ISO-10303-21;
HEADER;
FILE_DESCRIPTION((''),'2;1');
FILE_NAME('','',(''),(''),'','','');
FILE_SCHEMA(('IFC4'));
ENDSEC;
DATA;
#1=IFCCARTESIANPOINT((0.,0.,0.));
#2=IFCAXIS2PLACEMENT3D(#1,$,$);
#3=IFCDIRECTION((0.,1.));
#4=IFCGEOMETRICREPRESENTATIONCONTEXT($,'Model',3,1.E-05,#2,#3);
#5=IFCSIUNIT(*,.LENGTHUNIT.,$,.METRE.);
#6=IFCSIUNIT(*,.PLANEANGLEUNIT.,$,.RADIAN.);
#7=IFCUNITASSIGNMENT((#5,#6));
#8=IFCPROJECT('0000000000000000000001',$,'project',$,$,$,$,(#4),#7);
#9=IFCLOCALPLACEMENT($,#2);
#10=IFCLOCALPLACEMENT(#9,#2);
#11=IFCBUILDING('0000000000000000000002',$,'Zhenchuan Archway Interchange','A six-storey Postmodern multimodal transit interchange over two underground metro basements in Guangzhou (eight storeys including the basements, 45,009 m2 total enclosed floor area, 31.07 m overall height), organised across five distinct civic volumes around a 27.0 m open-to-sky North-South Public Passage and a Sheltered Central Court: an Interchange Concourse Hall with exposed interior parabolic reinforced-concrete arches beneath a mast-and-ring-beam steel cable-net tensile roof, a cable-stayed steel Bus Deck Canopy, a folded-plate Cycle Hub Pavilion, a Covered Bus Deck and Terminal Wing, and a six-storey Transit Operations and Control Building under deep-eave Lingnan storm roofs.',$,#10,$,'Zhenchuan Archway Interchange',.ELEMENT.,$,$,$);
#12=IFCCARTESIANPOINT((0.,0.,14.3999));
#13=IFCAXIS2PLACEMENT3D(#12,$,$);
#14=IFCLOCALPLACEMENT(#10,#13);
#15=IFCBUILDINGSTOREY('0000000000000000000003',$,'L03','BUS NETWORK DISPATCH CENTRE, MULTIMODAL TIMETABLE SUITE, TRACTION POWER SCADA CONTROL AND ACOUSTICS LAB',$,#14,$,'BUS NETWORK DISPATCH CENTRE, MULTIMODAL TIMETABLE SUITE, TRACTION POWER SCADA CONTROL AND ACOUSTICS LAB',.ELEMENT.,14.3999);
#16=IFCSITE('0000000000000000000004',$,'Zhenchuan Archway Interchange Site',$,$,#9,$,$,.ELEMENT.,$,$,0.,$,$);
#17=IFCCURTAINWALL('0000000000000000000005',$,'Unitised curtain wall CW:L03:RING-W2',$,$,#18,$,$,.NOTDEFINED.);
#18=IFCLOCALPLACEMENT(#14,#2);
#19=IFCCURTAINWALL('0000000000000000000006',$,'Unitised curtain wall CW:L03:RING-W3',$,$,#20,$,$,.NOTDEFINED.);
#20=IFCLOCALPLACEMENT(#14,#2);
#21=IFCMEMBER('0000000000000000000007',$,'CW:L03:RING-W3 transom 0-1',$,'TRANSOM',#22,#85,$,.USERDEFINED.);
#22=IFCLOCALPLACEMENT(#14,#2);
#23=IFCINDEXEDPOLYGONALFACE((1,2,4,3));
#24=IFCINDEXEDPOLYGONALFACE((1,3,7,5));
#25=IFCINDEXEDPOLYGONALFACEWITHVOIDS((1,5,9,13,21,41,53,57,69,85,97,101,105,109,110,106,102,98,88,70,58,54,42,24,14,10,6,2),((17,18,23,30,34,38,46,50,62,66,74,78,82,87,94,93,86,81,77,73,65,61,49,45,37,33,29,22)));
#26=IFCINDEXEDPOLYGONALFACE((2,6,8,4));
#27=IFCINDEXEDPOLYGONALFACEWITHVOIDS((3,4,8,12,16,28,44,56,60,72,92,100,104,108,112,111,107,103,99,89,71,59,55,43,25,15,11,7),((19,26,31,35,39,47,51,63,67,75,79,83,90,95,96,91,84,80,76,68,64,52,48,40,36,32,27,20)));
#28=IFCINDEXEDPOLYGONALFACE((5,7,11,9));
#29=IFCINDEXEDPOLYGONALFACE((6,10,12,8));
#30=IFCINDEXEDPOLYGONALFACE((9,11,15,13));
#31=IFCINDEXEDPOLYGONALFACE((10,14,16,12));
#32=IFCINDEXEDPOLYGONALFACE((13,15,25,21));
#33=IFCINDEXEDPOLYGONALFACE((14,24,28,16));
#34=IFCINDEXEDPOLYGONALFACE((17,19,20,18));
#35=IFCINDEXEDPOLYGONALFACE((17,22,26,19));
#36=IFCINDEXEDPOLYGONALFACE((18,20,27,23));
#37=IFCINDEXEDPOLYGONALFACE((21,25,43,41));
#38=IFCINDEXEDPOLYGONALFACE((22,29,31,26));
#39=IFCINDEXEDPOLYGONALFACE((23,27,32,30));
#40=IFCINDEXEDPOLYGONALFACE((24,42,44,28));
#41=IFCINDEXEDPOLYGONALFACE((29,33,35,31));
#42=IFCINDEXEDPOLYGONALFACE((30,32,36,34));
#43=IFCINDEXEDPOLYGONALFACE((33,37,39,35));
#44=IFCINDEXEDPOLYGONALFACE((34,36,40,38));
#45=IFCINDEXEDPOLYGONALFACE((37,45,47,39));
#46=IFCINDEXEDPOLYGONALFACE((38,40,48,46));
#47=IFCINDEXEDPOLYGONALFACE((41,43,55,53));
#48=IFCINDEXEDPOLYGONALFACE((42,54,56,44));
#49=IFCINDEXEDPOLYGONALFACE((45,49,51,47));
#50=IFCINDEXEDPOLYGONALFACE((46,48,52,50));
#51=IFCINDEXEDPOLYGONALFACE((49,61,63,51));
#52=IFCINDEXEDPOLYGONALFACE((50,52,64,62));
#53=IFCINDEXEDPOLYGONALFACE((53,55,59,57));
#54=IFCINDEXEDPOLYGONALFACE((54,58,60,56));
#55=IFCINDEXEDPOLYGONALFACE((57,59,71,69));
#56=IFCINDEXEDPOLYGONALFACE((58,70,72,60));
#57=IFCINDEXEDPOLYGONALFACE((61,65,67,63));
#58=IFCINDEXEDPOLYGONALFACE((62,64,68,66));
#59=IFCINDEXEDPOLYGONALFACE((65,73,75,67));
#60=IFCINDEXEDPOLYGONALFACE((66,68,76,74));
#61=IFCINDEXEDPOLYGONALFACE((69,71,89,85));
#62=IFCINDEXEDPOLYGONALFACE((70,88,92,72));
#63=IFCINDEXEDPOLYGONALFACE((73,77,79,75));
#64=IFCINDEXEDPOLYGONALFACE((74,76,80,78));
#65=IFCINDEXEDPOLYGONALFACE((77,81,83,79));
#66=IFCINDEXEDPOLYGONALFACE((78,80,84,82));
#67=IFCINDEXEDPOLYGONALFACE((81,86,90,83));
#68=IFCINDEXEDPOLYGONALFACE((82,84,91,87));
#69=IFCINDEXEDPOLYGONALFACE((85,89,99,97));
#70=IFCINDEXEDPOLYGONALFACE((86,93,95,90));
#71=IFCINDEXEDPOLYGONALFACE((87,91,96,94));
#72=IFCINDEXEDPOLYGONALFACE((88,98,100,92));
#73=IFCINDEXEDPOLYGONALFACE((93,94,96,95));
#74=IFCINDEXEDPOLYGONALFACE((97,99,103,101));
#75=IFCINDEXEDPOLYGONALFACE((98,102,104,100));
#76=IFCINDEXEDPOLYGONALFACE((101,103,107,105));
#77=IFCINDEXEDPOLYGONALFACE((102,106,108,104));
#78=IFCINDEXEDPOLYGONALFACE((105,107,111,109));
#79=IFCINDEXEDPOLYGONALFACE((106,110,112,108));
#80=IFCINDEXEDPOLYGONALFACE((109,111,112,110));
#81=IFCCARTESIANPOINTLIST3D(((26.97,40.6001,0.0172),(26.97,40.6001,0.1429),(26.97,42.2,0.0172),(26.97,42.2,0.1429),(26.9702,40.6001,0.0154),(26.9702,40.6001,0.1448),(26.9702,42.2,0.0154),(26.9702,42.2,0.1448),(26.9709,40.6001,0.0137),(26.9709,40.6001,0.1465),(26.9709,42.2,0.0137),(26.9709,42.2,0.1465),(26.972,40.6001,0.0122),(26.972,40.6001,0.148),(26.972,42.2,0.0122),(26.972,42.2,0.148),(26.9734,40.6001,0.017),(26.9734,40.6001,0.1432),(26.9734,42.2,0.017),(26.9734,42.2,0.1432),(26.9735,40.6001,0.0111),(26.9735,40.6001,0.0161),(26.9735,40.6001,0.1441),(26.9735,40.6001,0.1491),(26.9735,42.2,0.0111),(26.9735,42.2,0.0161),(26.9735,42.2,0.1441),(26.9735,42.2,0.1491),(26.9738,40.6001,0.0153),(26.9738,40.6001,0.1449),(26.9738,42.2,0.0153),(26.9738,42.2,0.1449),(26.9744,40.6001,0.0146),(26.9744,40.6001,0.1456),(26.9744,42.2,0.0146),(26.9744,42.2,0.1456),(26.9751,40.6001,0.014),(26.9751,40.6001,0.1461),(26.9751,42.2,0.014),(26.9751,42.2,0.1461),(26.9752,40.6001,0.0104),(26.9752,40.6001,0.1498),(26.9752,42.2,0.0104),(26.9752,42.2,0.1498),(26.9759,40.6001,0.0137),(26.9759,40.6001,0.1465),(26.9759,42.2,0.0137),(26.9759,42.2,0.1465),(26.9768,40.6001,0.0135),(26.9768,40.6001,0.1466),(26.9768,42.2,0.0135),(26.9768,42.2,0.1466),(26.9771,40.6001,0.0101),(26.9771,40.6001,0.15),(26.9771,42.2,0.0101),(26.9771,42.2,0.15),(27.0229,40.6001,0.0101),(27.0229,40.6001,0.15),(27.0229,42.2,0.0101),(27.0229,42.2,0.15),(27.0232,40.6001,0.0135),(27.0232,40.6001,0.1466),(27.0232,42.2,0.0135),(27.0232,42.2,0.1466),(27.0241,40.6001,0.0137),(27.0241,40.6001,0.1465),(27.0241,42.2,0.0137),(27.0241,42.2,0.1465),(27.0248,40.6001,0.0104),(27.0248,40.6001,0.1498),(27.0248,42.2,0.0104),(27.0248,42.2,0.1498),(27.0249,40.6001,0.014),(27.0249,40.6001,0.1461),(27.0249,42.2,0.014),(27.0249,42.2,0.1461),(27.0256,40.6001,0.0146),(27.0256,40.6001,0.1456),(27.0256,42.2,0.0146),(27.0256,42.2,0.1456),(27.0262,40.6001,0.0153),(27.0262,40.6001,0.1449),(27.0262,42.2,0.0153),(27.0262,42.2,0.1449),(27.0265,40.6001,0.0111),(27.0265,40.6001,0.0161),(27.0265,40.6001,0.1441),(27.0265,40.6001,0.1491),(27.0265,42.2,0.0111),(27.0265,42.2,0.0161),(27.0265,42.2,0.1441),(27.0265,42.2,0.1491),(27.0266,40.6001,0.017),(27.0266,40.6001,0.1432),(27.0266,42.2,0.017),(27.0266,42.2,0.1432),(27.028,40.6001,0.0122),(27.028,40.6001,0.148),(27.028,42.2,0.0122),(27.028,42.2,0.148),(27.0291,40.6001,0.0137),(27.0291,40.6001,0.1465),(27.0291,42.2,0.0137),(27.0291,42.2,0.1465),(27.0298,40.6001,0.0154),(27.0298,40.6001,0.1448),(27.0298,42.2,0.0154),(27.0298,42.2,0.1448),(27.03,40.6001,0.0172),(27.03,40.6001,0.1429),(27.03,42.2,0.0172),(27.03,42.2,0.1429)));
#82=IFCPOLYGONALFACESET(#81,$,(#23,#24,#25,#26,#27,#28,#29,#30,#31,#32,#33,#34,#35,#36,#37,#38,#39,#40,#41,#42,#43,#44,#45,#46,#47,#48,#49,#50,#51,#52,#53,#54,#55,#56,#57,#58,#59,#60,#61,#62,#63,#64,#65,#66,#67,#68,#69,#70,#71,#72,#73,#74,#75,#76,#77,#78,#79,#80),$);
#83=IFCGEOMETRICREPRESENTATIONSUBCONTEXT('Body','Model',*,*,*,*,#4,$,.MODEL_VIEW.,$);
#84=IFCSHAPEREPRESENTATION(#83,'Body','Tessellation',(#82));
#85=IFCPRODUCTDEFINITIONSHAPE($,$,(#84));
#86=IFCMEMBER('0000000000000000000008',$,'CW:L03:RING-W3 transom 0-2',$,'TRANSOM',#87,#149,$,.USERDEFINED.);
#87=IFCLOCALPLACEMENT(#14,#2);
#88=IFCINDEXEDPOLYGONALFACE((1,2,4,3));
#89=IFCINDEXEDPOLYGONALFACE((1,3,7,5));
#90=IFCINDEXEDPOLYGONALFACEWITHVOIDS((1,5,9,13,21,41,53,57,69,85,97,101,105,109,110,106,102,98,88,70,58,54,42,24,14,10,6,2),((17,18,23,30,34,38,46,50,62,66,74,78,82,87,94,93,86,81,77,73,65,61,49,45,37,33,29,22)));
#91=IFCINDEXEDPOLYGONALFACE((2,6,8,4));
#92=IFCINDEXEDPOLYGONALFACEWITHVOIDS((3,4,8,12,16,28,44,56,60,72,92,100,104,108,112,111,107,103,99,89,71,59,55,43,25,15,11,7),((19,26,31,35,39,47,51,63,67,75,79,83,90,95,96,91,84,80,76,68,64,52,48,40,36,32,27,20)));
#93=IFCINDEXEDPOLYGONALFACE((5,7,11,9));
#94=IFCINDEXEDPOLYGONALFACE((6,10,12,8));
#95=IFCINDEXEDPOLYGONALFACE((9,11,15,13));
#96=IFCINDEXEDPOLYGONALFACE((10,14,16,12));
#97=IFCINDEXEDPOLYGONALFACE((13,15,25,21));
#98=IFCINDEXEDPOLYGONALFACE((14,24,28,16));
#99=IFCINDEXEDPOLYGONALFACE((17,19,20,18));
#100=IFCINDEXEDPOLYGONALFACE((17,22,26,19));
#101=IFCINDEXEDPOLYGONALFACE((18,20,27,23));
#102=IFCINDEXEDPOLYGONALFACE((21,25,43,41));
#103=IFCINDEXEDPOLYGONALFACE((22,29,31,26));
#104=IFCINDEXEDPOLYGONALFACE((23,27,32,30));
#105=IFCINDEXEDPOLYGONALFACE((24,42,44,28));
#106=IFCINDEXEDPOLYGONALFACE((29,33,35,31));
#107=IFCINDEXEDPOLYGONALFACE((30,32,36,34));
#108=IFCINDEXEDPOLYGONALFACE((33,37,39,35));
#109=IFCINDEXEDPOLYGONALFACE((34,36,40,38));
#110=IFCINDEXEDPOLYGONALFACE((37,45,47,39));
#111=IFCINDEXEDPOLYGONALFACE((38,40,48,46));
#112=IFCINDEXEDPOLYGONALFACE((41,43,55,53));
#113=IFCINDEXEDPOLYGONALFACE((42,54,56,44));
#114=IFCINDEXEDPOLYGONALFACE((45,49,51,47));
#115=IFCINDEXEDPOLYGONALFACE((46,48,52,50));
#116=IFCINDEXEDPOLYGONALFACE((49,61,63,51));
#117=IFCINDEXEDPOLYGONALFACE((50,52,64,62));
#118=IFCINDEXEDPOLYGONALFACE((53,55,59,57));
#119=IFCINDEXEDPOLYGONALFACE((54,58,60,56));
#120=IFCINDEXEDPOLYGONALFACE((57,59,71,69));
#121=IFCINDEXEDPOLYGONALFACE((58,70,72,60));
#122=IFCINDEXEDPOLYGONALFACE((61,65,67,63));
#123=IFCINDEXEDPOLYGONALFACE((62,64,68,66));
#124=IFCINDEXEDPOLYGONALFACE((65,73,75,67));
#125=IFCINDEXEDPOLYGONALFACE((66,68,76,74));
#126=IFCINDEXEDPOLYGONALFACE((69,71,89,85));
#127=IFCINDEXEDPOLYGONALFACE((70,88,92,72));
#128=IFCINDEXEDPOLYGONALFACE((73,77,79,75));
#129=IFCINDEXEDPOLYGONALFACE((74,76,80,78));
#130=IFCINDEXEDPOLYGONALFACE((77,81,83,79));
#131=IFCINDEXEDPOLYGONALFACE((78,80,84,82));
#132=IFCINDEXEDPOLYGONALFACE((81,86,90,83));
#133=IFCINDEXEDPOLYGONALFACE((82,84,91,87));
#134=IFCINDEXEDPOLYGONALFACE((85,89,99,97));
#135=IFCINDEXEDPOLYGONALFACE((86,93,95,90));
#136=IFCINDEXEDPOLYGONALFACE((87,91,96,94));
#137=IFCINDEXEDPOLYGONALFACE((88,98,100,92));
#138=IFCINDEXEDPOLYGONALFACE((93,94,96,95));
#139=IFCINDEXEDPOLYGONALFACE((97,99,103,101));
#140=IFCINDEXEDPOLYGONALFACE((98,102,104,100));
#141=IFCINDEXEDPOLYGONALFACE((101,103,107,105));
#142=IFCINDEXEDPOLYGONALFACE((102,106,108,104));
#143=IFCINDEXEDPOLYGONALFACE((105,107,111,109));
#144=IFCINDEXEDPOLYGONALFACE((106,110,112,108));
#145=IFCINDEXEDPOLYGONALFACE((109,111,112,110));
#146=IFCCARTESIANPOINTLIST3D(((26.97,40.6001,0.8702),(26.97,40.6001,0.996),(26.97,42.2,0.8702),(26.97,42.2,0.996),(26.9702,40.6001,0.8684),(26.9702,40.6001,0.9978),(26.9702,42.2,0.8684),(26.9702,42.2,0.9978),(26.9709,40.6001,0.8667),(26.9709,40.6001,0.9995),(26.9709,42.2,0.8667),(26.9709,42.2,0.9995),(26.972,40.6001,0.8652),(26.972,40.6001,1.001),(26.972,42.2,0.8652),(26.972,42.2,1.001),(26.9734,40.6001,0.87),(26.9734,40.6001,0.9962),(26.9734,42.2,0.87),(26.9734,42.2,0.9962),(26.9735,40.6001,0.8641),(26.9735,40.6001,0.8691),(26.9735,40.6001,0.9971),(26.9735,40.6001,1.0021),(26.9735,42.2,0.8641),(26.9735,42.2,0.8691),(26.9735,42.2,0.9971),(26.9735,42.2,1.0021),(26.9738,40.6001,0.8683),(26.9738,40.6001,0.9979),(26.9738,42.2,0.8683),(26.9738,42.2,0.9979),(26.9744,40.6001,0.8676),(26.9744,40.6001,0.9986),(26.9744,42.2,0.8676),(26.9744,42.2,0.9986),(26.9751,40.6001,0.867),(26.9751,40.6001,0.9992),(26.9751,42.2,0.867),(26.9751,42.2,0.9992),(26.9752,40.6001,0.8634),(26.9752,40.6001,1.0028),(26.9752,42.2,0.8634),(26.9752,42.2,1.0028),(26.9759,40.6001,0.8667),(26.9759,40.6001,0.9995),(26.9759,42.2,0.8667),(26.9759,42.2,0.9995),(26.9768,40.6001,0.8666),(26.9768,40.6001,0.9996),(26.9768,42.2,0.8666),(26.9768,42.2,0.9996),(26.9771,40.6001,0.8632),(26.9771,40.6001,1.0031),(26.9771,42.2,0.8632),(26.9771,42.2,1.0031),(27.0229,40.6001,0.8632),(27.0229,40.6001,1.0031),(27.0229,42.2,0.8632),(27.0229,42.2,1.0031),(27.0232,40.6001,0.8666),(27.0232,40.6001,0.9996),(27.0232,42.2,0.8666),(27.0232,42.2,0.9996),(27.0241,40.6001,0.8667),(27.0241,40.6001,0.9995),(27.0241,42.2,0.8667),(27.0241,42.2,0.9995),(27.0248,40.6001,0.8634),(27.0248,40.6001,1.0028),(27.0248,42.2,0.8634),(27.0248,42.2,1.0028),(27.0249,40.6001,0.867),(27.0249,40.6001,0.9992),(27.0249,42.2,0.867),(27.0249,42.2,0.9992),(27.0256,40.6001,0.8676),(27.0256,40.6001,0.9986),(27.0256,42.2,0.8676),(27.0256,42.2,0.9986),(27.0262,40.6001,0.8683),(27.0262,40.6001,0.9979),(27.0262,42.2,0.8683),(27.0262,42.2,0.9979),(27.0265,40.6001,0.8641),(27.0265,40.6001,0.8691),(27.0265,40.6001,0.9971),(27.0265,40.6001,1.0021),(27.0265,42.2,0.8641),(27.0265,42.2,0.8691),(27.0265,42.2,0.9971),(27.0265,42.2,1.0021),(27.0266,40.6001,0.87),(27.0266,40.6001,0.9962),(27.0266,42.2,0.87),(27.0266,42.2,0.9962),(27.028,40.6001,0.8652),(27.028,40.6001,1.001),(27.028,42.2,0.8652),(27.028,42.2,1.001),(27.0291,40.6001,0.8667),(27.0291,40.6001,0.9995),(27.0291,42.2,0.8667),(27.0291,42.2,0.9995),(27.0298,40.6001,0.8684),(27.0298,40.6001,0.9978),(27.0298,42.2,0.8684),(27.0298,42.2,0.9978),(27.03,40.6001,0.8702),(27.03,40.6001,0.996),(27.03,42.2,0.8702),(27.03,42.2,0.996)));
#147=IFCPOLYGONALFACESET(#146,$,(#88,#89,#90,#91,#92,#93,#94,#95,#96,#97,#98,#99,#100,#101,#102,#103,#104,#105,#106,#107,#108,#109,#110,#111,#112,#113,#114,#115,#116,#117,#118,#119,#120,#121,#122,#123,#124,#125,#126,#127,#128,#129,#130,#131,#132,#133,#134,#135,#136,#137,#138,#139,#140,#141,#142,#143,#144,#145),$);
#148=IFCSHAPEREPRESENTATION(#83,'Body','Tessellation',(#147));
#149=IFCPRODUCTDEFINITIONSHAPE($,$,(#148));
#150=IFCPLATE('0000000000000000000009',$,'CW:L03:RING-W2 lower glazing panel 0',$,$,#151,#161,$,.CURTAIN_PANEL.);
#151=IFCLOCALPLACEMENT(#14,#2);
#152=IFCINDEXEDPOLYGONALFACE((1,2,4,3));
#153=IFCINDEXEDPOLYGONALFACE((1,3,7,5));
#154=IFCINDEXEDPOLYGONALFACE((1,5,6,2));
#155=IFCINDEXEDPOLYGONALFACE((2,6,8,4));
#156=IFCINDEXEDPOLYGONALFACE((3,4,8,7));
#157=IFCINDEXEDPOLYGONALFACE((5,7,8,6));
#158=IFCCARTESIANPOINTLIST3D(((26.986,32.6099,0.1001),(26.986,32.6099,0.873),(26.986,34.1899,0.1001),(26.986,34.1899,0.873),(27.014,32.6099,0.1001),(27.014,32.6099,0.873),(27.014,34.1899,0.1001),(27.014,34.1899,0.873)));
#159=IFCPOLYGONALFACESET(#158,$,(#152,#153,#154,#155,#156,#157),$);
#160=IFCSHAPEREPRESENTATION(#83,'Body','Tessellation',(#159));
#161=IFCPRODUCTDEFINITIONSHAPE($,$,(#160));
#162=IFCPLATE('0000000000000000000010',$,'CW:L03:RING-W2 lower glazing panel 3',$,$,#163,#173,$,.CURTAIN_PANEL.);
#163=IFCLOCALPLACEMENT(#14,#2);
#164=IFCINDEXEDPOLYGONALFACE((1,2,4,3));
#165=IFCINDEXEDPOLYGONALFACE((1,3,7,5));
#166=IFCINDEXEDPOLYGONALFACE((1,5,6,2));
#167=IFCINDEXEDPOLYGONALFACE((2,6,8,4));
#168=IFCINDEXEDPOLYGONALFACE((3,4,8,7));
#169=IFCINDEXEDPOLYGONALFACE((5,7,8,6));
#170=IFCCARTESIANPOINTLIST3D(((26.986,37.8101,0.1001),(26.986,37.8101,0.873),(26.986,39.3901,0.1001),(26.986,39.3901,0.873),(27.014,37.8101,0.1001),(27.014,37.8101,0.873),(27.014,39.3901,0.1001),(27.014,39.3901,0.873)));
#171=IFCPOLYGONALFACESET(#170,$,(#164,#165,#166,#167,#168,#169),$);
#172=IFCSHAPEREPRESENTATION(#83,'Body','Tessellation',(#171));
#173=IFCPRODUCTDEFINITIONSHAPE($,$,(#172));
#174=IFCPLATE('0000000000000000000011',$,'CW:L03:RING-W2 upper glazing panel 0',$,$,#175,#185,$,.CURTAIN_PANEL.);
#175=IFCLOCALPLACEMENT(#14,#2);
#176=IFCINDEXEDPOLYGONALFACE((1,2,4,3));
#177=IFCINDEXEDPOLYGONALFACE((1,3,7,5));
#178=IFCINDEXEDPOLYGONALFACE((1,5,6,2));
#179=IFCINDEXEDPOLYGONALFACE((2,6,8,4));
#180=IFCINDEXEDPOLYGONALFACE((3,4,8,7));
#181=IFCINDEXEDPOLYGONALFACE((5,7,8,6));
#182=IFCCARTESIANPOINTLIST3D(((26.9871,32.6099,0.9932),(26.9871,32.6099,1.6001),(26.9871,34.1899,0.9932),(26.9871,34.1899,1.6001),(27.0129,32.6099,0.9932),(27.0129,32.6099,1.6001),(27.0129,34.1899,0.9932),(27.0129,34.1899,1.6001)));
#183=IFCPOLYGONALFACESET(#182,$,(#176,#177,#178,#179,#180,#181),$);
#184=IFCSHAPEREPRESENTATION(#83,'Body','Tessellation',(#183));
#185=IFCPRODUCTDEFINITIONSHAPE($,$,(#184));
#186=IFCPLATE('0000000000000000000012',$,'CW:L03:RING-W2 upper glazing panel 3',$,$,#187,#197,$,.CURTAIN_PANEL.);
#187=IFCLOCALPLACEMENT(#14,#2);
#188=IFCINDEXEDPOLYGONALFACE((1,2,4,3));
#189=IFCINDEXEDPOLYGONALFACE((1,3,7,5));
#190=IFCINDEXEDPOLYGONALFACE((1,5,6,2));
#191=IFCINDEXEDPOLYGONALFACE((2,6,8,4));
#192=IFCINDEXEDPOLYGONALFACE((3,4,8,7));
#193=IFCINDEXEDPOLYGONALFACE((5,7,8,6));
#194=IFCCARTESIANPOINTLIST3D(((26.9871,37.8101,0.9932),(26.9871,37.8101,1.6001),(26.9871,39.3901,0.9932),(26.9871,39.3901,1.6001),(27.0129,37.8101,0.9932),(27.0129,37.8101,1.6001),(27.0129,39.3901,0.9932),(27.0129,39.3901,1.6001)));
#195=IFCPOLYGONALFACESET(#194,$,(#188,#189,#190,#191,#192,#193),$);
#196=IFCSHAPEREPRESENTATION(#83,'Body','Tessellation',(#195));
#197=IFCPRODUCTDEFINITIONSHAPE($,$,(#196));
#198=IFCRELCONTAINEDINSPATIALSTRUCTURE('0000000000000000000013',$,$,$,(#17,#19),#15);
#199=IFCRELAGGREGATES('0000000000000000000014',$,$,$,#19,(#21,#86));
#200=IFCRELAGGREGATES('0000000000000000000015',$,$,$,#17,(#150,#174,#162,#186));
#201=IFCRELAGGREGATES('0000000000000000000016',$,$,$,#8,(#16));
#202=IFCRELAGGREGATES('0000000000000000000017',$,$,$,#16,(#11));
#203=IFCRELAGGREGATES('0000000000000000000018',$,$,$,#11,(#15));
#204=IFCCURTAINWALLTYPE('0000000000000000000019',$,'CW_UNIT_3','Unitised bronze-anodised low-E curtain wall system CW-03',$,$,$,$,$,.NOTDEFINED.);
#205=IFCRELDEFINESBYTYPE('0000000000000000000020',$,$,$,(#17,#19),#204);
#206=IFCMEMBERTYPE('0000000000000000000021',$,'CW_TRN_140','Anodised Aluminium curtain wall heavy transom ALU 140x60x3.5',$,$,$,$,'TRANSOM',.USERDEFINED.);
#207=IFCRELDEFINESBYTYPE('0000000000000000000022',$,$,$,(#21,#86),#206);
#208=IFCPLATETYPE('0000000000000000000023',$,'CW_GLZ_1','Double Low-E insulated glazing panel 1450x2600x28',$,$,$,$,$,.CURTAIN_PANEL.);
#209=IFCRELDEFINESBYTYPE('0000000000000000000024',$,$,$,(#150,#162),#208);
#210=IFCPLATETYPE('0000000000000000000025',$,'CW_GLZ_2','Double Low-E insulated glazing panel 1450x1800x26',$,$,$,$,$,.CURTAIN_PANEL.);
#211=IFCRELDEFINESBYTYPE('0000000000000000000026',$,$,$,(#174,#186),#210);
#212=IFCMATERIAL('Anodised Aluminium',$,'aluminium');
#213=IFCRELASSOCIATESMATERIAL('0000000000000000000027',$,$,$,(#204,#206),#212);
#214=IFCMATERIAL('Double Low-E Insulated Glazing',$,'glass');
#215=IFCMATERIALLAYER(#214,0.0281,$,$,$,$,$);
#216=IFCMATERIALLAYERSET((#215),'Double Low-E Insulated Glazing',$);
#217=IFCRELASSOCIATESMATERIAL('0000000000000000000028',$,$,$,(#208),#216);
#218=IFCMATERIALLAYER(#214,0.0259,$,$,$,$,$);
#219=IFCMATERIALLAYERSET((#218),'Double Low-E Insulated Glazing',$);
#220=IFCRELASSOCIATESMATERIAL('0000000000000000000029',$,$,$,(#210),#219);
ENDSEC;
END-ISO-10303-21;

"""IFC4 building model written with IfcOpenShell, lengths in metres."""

from ifc_helpers import new_model, si_unit, direction, frame, origin, origin_2d, place, context, subcontext, project, spatial, rectangle, hollow_rectangle, extrude, material, layer, layer_set, material_profile, profile_set, type_object, element, aggregate, save


model = new_model("IFC4")

# Units and contexts
model_context = context("Model", 3, precision=1e-05, world=origin(), true_north=direction((0.0, 1.0)))
body_context = subcontext(model_context, "Body", "Model", "MODEL_VIEW")
ifc_project = project(units=[si_unit("LENGTHUNIT", "METRE"), si_unit("PLANEANGLEUNIT", "RADIAN")], contexts=[model_context])

# Site, building, storey
site_placement = place(None, origin())
site = spatial("IfcSite", under=ifc_project, at=site_placement, Name="Zhenchuan Archway Interchange Site", CompositionType="ELEMENT", RefElevation=0.0)
building_placement = place(site_placement, origin())
building = spatial("IfcBuilding", under=site, at=building_placement, Name="Zhenchuan Archway Interchange", Description="A six-storey Postmodern multimodal transit interchange over two underground metro basements in Guangzhou (eight storeys including the basements, 45,009 m2 total enclosed floor area, 31.07 m overall height), organised across five distinct civic volumes around a 27.0 m open-to-sky North-South Public Passage and a Sheltered Central Court: an Interchange Concourse Hall with exposed interior parabolic reinforced-concrete arches beneath a mast-and-ring-beam steel cable-net tensile roof, a cable-stayed steel Bus Deck Canopy, a folded-plate Cycle Hub Pavilion, a Covered Bus Deck and Terminal Wing, and a six-storey Transit Operations and Control Building under deep-eave Lingnan storm roofs.", LongName="Zhenchuan Archway Interchange", CompositionType="ELEMENT")
storey_placement = place(building_placement, frame((0.0, 0.0, 14.3999)))
storey = spatial("IfcBuildingStorey", under=building, at=storey_placement, Name="L03", Description="BUS NETWORK DISPATCH CENTRE, MULTIMODAL TIMETABLE SUITE, TRACTION POWER SCADA CONTROL AND ACOUSTICS LAB", LongName="BUS NETWORK DISPATCH CENTRE, MULTIMODAL TIMETABLE SUITE, TRACTION POWER SCADA CONTROL AND ACOUSTICS LAB", CompositionType="ELEMENT", Elevation=14.3999)

# Curtain wall
ifc_material_1 = material(Name="Anodised Aluminium", Category="aluminium")
curtain_wall_type = type_object("IfcCurtainWallType", Name="CW_UNIT_3", Description="Unitised bronze-anodised low-E curtain wall system CW-03", PredefinedType="NOTDEFINED", material=ifc_material_1)
curtain_wall_1_placement = place(storey_placement, origin())
curtain_wall_1 = element("IfcCurtainWall", 1, at=curtain_wall_1_placement, inside=storey, type_object=curtain_wall_type, Name="Unitised curtain wall CW:L03:RING-W2", PredefinedType="NOTDEFINED")

# Curtain wall
curtain_wall_2_placement = place(storey_placement, origin())
curtain_wall_2 = element("IfcCurtainWall", 2, at=curtain_wall_2_placement, inside=storey, type_object=curtain_wall_type, Name="Unitised curtain wall CW:L03:RING-W3", PredefinedType="NOTDEFINED")

# Members
ifc_material_profile_1 = material_profile(ifc_material_1, hollow_rectangle(XDim=0.0601, YDim=0.1399, WallThickness=0.0034, InnerFilletRadius=0.0034, OuterFilletRadius=0.0071, at=origin_2d()), Name="ALU 140x60x3.5")
ifc_profile_set_1 = profile_set([ifc_material_profile_1], Name="Anodised Aluminium")
member_type_1 = type_object("IfcMemberType", Name="CW_TRN_140", Description="Anodised Aluminium curtain wall heavy transom ALU 140x60x3.5", ElementType="TRANSOM", PredefinedType="USERDEFINED", material=ifc_profile_set_1)
member_1_placement = place(storey_placement, frame((27.0, 40.6001, 0.0801), z_axis=(0.0, 1.0, 0.0), x_axis=(-1.0, 0.0, 0.0)))
member_1 = element("IfcMember", 3, at=member_1_placement, type_object=member_type_1, Name="CW:L03:RING-W3 transom 0-1", ObjectType="TRANSOM", PredefinedType="USERDEFINED", context=body_context, shape_type="SweptSolid", body=[
    extrude(hollow_rectangle(XDim=0.0601, YDim=0.1399, WallThickness=0.0034, InnerFilletRadius=0.0034, OuterFilletRadius=0.0071, at=origin_2d()), origin(), (0.0, 0.0, 1.0), 1.5999),
])
member_2_placement = place(storey_placement, frame((27.0, 40.6001, 0.9331), z_axis=(0.0, 1.0, 0.0), x_axis=(-1.0, 0.0, 0.0)))
member_2 = element("IfcMember", 4, at=member_2_placement, type_object=member_type_1, Name="CW:L03:RING-W3 transom 0-2", ObjectType="TRANSOM", PredefinedType="USERDEFINED", context=body_context, shape_type="SweptSolid", body=[
    extrude(hollow_rectangle(XDim=0.0601, YDim=0.1399, WallThickness=0.0034, InnerFilletRadius=0.0034, OuterFilletRadius=0.0071, at=origin_2d()), origin(), (0.0, 0.0, 1.0), 1.5999),
])
aggregate(curtain_wall_2, [member_1, member_2])

# Plates
ifc_material_2 = material(Name="Double Low-E Insulated Glazing", Category="glass")
ifc_layer_1 = layer(ifc_material_2, 0.0281)
ifc_layer_set_1 = layer_set([ifc_layer_1], Name="Double Low-E Insulated Glazing")
plate_type_1 = type_object("IfcPlateType", Name="CW_GLZ_1", Description="Double Low-E insulated glazing panel 1450x2600x28", PredefinedType="CURTAIN_PANEL", material=ifc_layer_set_1)
plate_1_placement = place(storey_placement, frame((27.0, 33.3999, 0.1001), z_axis=(0.0, 0.0, 1.0), x_axis=(0.0, 1.0, 0.0)))
plate_1 = element("IfcPlate", 5, at=plate_1_placement, type_object=plate_type_1, Name="CW:L03:RING-W2 lower glazing panel 0", PredefinedType="CURTAIN_PANEL", context=body_context, shape_type="SweptSolid", body=[
    extrude(rectangle(XDim=1.5801, YDim=0.0281, at=origin_2d()), origin(), (0.0, 0.0, 1.0), 0.7729),
])
plate_2_placement = place(storey_placement, frame((27.0, 38.6001, 0.1001), z_axis=(0.0, 0.0, 1.0), x_axis=(0.0, 1.0, 0.0)))
plate_2 = element("IfcPlate", 6, at=plate_2_placement, type_object=plate_type_1, Name="CW:L03:RING-W2 lower glazing panel 3", PredefinedType="CURTAIN_PANEL", context=body_context, shape_type="SweptSolid", body=[
    extrude(rectangle(XDim=1.5801, YDim=0.0281, at=origin_2d()), origin(), (0.0, 0.0, 1.0), 0.7729),
])
ifc_layer_2 = layer(ifc_material_2, 0.0259)
ifc_layer_set_2 = layer_set([ifc_layer_2], Name="Double Low-E Insulated Glazing")
plate_type_2 = type_object("IfcPlateType", Name="CW_GLZ_2", Description="Double Low-E insulated glazing panel 1450x1800x26", PredefinedType="CURTAIN_PANEL", material=ifc_layer_set_2)
plate_3_placement = place(storey_placement, frame((27.0, 33.3999, 0.9932), z_axis=(0.0, 0.0, 1.0), x_axis=(0.0, 1.0, 0.0)))
plate_3 = element("IfcPlate", 7, at=plate_3_placement, type_object=plate_type_2, Name="CW:L03:RING-W2 upper glazing panel 0", PredefinedType="CURTAIN_PANEL", context=body_context, shape_type="SweptSolid", body=[
    extrude(rectangle(XDim=1.5801, YDim=0.0259, at=origin_2d()), origin(), (0.0, 0.0, 1.0), 0.6069),
])
plate_4_placement = place(storey_placement, frame((27.0, 38.6001, 0.9932), z_axis=(0.0, 0.0, 1.0), x_axis=(0.0, 1.0, 0.0)))
plate_4 = element("IfcPlate", 8, at=plate_4_placement, type_object=plate_type_2, Name="CW:L03:RING-W2 upper glazing panel 3", PredefinedType="CURTAIN_PANEL", context=body_context, shape_type="SweptSolid", body=[
    extrude(rectangle(XDim=1.5801, YDim=0.0259, at=origin_2d()), origin(), (0.0, 0.0, 1.0), 0.6069),
])
aggregate(curtain_wall_1, [plate_1, plate_3, plate_2, plate_4])

save(model, "model.ifc")
